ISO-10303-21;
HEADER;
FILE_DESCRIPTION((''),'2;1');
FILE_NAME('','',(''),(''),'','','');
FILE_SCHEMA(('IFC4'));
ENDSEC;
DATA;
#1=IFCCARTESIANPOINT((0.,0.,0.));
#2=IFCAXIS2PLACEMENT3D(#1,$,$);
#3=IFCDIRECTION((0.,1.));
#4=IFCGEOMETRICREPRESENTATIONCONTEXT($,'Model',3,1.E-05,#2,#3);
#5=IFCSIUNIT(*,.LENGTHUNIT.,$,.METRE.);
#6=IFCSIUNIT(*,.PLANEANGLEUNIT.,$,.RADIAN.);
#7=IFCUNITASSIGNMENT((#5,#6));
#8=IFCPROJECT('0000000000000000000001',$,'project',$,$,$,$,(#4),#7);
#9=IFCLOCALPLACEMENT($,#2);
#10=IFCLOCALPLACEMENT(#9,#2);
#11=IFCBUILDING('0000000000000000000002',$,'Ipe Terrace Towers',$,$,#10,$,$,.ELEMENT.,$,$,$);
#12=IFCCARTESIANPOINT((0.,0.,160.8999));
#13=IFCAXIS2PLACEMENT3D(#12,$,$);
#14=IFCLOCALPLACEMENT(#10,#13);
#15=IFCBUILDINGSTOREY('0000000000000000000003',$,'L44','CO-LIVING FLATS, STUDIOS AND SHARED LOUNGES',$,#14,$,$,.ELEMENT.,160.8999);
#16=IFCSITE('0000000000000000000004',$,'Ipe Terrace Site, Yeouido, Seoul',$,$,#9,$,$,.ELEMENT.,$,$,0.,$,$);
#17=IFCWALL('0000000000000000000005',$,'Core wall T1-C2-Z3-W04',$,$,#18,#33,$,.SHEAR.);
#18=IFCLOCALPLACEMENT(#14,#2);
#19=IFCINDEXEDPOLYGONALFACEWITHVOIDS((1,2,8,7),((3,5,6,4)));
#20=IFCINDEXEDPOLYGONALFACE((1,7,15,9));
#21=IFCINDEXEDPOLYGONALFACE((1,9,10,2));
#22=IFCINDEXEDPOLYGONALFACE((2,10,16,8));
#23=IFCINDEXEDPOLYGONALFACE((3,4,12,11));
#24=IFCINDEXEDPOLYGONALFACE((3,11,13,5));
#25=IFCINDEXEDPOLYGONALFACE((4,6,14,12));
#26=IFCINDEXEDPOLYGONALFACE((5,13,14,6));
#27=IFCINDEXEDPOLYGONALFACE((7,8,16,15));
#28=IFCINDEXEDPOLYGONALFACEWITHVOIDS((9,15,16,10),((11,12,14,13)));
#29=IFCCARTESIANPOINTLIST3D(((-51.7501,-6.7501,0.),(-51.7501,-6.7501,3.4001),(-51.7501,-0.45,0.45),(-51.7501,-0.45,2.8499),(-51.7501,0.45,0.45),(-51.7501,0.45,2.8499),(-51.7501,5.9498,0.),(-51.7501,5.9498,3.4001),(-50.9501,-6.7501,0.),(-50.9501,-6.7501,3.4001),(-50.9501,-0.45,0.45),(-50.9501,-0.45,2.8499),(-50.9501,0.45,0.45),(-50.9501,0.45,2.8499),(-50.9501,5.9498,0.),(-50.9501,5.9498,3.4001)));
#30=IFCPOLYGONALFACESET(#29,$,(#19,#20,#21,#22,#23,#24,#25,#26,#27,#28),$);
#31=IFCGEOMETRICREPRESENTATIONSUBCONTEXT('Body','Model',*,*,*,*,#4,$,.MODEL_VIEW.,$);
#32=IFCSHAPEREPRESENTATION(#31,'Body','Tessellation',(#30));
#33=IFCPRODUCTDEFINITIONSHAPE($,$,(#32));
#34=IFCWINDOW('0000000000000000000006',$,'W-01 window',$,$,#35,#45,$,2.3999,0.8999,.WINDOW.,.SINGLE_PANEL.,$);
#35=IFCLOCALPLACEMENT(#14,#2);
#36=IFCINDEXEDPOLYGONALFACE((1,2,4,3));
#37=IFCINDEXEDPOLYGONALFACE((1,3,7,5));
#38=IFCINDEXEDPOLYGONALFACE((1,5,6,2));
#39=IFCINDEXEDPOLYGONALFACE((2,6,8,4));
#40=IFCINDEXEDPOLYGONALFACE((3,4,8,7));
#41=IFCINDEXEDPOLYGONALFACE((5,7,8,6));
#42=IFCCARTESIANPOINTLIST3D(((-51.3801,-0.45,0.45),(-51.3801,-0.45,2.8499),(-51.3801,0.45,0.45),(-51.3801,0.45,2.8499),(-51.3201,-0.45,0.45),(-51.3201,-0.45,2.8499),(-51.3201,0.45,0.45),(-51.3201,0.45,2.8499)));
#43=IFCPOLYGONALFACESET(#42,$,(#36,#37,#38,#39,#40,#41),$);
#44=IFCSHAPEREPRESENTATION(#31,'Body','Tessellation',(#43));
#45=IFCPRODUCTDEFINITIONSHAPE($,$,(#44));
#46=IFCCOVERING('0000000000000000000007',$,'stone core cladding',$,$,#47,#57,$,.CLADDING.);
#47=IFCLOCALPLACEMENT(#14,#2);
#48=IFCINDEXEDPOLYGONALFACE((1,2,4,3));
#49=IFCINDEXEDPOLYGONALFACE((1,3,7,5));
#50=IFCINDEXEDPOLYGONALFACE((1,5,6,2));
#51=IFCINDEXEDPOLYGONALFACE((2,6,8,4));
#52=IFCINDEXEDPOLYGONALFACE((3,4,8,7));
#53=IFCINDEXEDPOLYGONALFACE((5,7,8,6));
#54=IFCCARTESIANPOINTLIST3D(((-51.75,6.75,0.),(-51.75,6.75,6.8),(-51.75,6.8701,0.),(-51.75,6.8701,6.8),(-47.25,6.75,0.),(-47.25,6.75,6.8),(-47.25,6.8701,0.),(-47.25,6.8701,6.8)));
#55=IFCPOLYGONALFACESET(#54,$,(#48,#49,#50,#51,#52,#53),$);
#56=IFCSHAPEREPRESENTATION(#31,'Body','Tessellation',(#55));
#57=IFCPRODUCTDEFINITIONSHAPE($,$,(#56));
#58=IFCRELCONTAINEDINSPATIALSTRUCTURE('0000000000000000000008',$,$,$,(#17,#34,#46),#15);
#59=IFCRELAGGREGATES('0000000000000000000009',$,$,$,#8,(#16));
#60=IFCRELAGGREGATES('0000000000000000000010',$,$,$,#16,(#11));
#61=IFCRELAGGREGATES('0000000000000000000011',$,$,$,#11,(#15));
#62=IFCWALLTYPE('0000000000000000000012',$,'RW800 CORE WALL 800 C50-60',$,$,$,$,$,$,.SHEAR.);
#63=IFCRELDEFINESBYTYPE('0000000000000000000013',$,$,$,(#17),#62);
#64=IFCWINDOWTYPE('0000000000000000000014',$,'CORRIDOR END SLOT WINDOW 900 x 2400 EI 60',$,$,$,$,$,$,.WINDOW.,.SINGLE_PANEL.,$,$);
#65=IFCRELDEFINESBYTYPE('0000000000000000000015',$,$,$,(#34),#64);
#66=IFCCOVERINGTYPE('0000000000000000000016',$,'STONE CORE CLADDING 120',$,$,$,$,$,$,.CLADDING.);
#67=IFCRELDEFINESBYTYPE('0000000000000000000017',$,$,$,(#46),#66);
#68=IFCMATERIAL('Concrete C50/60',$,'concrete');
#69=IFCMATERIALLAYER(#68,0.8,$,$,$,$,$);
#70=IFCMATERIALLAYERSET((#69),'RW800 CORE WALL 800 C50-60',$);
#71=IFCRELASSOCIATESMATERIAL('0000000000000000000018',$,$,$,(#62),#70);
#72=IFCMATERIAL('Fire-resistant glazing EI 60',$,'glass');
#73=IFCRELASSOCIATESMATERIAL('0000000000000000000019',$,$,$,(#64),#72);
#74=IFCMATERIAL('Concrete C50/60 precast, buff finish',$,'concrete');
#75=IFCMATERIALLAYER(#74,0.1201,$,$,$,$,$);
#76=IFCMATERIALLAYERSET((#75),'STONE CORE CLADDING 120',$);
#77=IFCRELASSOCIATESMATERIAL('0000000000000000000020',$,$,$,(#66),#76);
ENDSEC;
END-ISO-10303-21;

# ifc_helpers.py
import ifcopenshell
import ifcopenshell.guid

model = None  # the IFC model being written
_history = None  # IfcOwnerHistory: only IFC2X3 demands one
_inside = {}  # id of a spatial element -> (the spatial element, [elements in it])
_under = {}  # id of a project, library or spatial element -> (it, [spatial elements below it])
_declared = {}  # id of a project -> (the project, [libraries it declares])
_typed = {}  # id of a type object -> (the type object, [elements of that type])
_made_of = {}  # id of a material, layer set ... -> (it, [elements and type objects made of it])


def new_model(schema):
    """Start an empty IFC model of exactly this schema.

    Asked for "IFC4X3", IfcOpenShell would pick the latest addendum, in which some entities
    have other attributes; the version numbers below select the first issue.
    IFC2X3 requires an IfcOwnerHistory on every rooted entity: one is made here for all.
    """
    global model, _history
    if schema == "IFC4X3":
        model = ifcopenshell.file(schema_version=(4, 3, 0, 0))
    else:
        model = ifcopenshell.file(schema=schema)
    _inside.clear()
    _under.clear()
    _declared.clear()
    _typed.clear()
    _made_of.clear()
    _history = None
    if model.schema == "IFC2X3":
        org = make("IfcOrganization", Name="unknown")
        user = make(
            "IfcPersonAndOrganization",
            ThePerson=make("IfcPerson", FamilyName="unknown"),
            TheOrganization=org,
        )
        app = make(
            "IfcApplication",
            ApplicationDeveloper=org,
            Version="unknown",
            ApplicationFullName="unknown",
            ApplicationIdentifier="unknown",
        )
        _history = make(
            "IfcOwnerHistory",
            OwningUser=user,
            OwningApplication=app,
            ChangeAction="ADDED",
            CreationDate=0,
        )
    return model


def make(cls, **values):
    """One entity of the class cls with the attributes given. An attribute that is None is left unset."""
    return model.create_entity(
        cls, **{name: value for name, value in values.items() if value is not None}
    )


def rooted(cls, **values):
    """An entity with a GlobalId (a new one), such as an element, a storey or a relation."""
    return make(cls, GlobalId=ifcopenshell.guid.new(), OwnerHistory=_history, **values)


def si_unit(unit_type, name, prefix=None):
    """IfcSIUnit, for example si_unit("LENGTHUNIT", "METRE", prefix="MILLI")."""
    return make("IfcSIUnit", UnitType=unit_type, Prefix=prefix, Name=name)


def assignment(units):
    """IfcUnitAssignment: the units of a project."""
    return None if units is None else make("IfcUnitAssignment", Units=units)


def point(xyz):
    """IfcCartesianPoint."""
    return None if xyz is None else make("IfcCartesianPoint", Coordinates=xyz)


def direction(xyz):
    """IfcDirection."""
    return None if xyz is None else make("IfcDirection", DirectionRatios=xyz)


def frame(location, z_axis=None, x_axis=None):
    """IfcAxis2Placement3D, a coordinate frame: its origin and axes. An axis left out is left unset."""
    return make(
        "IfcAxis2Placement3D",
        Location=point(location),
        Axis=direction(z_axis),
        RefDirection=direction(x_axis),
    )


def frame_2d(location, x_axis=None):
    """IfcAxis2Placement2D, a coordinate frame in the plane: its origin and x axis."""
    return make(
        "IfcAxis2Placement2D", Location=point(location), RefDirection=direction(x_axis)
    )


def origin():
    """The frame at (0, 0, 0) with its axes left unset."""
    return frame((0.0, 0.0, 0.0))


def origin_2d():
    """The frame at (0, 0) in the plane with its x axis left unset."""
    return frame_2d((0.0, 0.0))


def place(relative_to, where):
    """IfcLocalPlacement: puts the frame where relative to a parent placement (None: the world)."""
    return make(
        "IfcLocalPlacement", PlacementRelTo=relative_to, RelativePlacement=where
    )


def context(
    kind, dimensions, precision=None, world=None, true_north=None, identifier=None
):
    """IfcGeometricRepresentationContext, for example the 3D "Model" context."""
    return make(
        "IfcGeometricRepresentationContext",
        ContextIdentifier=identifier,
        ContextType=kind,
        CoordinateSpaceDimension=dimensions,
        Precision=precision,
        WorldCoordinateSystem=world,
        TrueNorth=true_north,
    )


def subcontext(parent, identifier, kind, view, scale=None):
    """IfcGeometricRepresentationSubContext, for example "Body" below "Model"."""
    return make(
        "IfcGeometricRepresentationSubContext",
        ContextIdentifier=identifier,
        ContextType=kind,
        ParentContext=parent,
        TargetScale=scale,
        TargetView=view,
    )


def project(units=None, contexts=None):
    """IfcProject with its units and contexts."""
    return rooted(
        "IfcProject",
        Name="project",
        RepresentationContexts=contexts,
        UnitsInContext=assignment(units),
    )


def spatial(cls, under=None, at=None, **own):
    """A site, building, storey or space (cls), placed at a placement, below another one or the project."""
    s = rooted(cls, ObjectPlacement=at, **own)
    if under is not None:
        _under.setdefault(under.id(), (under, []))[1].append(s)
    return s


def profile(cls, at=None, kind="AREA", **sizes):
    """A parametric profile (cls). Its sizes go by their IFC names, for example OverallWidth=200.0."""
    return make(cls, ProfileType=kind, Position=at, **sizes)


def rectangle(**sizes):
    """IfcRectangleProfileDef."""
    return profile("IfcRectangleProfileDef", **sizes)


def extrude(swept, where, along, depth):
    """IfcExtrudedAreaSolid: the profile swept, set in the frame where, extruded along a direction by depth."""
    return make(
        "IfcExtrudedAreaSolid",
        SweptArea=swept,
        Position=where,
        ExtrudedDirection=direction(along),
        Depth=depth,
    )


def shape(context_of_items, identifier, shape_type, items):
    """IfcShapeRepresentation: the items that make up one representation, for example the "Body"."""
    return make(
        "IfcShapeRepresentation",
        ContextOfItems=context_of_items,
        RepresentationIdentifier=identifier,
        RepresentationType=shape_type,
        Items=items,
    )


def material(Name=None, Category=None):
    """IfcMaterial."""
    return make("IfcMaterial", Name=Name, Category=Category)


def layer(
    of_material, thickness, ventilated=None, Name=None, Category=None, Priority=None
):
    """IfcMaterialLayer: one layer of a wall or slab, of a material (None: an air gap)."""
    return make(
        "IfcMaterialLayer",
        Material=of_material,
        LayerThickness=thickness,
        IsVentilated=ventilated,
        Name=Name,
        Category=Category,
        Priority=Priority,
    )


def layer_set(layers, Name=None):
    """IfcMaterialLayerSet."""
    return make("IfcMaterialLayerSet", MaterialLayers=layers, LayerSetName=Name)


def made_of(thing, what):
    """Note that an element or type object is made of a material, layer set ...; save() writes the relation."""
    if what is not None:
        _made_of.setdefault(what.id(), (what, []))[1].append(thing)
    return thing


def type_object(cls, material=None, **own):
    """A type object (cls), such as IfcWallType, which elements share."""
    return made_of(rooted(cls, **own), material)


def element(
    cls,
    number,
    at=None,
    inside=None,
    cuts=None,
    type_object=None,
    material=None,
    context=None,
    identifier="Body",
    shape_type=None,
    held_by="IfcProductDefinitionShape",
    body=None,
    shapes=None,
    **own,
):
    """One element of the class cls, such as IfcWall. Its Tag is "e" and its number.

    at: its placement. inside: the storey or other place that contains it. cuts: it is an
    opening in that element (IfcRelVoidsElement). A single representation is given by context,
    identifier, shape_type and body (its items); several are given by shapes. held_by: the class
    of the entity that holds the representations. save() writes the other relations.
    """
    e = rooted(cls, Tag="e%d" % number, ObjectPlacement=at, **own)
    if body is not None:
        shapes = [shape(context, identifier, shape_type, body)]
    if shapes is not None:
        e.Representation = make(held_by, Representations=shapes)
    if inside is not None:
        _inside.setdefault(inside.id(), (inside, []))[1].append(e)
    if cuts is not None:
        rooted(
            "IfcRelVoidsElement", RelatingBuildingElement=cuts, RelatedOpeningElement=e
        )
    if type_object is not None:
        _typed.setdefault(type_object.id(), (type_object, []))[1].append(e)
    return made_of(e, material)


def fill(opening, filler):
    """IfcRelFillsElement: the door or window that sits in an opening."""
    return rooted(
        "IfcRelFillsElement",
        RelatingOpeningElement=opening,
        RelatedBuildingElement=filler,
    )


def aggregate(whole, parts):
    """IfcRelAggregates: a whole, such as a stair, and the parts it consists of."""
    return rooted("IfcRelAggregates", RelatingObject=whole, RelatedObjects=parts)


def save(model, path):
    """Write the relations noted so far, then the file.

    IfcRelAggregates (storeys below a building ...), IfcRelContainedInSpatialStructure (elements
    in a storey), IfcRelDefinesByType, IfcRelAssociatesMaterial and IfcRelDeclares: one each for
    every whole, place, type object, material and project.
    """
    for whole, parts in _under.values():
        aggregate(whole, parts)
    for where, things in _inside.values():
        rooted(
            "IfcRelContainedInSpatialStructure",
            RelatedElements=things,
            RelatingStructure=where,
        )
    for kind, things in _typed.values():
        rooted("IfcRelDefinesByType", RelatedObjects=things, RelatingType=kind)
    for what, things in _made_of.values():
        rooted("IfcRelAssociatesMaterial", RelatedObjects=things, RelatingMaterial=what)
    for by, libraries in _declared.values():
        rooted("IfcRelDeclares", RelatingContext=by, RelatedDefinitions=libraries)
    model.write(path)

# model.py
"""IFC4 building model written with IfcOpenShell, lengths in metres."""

from ifc_helpers import new_model, si_unit, direction, frame, frame_2d, origin, origin_2d, place, context, subcontext, project, spatial, rectangle, extrude, material, layer, layer_set, type_object, element, fill, save


model = new_model("IFC4")

# Units and contexts
model_context = context("Model", 3, precision=1e-05, world=origin(), true_north=direction((0.0, 1.0)))
body_context = subcontext(model_context, "Body", "Model", "MODEL_VIEW")
ifc_project = project(units=[si_unit("LENGTHUNIT", "METRE"), si_unit("PLANEANGLEUNIT", "RADIAN")], contexts=[model_context])

# Site, building, storey
site_placement = place(None, origin())
site = spatial("IfcSite", under=ifc_project, at=site_placement, Name="Ipe Terrace Site, Yeouido, Seoul", CompositionType="ELEMENT", RefElevation=0.0)
building_placement = place(site_placement, origin())
building = spatial("IfcBuilding", under=site, at=building_placement, Name="Ipe Terrace Towers", CompositionType="ELEMENT")
storey_placement = place(building_placement, frame((0.0, 0.0, 160.8999)))
storey = spatial("IfcBuildingStorey", under=building, at=storey_placement, Name="L44", Description="CO-LIVING FLATS, STUDIOS AND SHARED LOUNGES", CompositionType="ELEMENT", Elevation=160.8999)

# Shared definitions
ifc_material_1 = material(Name="Concrete C50/60", Category="concrete")
ifc_layer_1 = layer(ifc_material_1, 0.8)
ifc_layer_set_1 = layer_set([ifc_layer_1], Name="RW800 CORE WALL 800 C50-60")
wall_type_1 = type_object("IfcWallType", Name="RW800 CORE WALL 800 C50-60", PredefinedType="SHEAR", material=ifc_layer_set_1)

# Wall, opening, window
wall_1_placement = place(storey_placement, frame((-51.3501, 5.95, 0.0), z_axis=(0.0, 0.0, 1.0), x_axis=(0.0, -1.0, 0.0)))
wall_1 = element("IfcWall", 1, at=wall_1_placement, inside=storey, type_object=wall_type_1, Name="Core wall T1-C2-Z3-W04", PredefinedType="SHEAR", context=body_context, shape_type="SweptSolid", body=[
    extrude(rectangle(XDim=12.7, YDim=0.8, at=frame_2d((6.3501, 0.0))), origin(), (0.0, 0.0, 1.0), 3.4001),
])
opening_1_placement = place(wall_1_placement, frame((5.5, 0.0, 0.45)))
opening_1 = element("IfcOpeningElement", 2, at=opening_1_placement, cuts=wall_1, PredefinedType="OPENING", context=body_context, shape_type="SweptSolid", body=[
    extrude(rectangle(XDim=0.8999, YDim=2.3999, at=frame_2d((0.45, 1.2))), frame((0.0, 0.4102, 0.0), z_axis=(0.0, -1.0, 0.0), x_axis=(1.0, 0.0, 0.0)), (0.0, 0.0, 1.0), 0.8201),
])
ifc_material_2 = material(Name="Fire-resistant glazing EI 60", Category="glass")
window_type = type_object("IfcWindowType", Name="CORRIDOR END SLOT WINDOW 900 x 2400 EI 60", PartitioningType="SINGLE_PANEL", PredefinedType="WINDOW", material=ifc_material_2)
window_placement = place(opening_1_placement, origin())
window = element("IfcWindow", 3, at=window_placement, inside=storey, type_object=window_type, Name="W-01 window", OverallHeight=2.3999, OverallWidth=0.8999, PartitioningType="SINGLE_PANEL", PredefinedType="WINDOW", context=body_context, shape_type="SweptSolid", body=[
    extrude(rectangle(XDim=0.8999, YDim=2.3999, at=frame_2d((0.45, 1.2))), frame((0.0, 0.03, 0.0), z_axis=(0.0, -1.0, 0.0), x_axis=(1.0, 0.0, 0.0)), (0.0, 0.0, 1.0), 0.0601),
])
fill(opening_1, window)

# Covering
ifc_material_3 = material(Name="Concrete C50/60 precast, buff finish", Category="concrete")
ifc_layer_2 = layer(ifc_material_3, 0.1201)
ifc_layer_set_2 = layer_set([ifc_layer_2], Name="STONE CORE CLADDING 120")
covering_type = type_object("IfcCoveringType", Name="STONE CORE CLADDING 120", PredefinedType="CLADDING", material=ifc_layer_set_2)
covering_placement = place(storey_placement, frame((-49.5, 6.8101, 0.0), z_axis=(0.0, 0.0, 1.0), x_axis=(-1.0, 0.0, 0.0)))
element("IfcCovering", 4, at=covering_placement, inside=storey, type_object=covering_type, Name="stone core cladding", PredefinedType="CLADDING", context=body_context, shape_type="SweptSolid", body=[
    extrude(rectangle(XDim=4.5, YDim=0.1201, at=origin_2d()), origin(), (0.0, 0.0, 1.0), 6.8),
])

save(model, "model.ifc")
